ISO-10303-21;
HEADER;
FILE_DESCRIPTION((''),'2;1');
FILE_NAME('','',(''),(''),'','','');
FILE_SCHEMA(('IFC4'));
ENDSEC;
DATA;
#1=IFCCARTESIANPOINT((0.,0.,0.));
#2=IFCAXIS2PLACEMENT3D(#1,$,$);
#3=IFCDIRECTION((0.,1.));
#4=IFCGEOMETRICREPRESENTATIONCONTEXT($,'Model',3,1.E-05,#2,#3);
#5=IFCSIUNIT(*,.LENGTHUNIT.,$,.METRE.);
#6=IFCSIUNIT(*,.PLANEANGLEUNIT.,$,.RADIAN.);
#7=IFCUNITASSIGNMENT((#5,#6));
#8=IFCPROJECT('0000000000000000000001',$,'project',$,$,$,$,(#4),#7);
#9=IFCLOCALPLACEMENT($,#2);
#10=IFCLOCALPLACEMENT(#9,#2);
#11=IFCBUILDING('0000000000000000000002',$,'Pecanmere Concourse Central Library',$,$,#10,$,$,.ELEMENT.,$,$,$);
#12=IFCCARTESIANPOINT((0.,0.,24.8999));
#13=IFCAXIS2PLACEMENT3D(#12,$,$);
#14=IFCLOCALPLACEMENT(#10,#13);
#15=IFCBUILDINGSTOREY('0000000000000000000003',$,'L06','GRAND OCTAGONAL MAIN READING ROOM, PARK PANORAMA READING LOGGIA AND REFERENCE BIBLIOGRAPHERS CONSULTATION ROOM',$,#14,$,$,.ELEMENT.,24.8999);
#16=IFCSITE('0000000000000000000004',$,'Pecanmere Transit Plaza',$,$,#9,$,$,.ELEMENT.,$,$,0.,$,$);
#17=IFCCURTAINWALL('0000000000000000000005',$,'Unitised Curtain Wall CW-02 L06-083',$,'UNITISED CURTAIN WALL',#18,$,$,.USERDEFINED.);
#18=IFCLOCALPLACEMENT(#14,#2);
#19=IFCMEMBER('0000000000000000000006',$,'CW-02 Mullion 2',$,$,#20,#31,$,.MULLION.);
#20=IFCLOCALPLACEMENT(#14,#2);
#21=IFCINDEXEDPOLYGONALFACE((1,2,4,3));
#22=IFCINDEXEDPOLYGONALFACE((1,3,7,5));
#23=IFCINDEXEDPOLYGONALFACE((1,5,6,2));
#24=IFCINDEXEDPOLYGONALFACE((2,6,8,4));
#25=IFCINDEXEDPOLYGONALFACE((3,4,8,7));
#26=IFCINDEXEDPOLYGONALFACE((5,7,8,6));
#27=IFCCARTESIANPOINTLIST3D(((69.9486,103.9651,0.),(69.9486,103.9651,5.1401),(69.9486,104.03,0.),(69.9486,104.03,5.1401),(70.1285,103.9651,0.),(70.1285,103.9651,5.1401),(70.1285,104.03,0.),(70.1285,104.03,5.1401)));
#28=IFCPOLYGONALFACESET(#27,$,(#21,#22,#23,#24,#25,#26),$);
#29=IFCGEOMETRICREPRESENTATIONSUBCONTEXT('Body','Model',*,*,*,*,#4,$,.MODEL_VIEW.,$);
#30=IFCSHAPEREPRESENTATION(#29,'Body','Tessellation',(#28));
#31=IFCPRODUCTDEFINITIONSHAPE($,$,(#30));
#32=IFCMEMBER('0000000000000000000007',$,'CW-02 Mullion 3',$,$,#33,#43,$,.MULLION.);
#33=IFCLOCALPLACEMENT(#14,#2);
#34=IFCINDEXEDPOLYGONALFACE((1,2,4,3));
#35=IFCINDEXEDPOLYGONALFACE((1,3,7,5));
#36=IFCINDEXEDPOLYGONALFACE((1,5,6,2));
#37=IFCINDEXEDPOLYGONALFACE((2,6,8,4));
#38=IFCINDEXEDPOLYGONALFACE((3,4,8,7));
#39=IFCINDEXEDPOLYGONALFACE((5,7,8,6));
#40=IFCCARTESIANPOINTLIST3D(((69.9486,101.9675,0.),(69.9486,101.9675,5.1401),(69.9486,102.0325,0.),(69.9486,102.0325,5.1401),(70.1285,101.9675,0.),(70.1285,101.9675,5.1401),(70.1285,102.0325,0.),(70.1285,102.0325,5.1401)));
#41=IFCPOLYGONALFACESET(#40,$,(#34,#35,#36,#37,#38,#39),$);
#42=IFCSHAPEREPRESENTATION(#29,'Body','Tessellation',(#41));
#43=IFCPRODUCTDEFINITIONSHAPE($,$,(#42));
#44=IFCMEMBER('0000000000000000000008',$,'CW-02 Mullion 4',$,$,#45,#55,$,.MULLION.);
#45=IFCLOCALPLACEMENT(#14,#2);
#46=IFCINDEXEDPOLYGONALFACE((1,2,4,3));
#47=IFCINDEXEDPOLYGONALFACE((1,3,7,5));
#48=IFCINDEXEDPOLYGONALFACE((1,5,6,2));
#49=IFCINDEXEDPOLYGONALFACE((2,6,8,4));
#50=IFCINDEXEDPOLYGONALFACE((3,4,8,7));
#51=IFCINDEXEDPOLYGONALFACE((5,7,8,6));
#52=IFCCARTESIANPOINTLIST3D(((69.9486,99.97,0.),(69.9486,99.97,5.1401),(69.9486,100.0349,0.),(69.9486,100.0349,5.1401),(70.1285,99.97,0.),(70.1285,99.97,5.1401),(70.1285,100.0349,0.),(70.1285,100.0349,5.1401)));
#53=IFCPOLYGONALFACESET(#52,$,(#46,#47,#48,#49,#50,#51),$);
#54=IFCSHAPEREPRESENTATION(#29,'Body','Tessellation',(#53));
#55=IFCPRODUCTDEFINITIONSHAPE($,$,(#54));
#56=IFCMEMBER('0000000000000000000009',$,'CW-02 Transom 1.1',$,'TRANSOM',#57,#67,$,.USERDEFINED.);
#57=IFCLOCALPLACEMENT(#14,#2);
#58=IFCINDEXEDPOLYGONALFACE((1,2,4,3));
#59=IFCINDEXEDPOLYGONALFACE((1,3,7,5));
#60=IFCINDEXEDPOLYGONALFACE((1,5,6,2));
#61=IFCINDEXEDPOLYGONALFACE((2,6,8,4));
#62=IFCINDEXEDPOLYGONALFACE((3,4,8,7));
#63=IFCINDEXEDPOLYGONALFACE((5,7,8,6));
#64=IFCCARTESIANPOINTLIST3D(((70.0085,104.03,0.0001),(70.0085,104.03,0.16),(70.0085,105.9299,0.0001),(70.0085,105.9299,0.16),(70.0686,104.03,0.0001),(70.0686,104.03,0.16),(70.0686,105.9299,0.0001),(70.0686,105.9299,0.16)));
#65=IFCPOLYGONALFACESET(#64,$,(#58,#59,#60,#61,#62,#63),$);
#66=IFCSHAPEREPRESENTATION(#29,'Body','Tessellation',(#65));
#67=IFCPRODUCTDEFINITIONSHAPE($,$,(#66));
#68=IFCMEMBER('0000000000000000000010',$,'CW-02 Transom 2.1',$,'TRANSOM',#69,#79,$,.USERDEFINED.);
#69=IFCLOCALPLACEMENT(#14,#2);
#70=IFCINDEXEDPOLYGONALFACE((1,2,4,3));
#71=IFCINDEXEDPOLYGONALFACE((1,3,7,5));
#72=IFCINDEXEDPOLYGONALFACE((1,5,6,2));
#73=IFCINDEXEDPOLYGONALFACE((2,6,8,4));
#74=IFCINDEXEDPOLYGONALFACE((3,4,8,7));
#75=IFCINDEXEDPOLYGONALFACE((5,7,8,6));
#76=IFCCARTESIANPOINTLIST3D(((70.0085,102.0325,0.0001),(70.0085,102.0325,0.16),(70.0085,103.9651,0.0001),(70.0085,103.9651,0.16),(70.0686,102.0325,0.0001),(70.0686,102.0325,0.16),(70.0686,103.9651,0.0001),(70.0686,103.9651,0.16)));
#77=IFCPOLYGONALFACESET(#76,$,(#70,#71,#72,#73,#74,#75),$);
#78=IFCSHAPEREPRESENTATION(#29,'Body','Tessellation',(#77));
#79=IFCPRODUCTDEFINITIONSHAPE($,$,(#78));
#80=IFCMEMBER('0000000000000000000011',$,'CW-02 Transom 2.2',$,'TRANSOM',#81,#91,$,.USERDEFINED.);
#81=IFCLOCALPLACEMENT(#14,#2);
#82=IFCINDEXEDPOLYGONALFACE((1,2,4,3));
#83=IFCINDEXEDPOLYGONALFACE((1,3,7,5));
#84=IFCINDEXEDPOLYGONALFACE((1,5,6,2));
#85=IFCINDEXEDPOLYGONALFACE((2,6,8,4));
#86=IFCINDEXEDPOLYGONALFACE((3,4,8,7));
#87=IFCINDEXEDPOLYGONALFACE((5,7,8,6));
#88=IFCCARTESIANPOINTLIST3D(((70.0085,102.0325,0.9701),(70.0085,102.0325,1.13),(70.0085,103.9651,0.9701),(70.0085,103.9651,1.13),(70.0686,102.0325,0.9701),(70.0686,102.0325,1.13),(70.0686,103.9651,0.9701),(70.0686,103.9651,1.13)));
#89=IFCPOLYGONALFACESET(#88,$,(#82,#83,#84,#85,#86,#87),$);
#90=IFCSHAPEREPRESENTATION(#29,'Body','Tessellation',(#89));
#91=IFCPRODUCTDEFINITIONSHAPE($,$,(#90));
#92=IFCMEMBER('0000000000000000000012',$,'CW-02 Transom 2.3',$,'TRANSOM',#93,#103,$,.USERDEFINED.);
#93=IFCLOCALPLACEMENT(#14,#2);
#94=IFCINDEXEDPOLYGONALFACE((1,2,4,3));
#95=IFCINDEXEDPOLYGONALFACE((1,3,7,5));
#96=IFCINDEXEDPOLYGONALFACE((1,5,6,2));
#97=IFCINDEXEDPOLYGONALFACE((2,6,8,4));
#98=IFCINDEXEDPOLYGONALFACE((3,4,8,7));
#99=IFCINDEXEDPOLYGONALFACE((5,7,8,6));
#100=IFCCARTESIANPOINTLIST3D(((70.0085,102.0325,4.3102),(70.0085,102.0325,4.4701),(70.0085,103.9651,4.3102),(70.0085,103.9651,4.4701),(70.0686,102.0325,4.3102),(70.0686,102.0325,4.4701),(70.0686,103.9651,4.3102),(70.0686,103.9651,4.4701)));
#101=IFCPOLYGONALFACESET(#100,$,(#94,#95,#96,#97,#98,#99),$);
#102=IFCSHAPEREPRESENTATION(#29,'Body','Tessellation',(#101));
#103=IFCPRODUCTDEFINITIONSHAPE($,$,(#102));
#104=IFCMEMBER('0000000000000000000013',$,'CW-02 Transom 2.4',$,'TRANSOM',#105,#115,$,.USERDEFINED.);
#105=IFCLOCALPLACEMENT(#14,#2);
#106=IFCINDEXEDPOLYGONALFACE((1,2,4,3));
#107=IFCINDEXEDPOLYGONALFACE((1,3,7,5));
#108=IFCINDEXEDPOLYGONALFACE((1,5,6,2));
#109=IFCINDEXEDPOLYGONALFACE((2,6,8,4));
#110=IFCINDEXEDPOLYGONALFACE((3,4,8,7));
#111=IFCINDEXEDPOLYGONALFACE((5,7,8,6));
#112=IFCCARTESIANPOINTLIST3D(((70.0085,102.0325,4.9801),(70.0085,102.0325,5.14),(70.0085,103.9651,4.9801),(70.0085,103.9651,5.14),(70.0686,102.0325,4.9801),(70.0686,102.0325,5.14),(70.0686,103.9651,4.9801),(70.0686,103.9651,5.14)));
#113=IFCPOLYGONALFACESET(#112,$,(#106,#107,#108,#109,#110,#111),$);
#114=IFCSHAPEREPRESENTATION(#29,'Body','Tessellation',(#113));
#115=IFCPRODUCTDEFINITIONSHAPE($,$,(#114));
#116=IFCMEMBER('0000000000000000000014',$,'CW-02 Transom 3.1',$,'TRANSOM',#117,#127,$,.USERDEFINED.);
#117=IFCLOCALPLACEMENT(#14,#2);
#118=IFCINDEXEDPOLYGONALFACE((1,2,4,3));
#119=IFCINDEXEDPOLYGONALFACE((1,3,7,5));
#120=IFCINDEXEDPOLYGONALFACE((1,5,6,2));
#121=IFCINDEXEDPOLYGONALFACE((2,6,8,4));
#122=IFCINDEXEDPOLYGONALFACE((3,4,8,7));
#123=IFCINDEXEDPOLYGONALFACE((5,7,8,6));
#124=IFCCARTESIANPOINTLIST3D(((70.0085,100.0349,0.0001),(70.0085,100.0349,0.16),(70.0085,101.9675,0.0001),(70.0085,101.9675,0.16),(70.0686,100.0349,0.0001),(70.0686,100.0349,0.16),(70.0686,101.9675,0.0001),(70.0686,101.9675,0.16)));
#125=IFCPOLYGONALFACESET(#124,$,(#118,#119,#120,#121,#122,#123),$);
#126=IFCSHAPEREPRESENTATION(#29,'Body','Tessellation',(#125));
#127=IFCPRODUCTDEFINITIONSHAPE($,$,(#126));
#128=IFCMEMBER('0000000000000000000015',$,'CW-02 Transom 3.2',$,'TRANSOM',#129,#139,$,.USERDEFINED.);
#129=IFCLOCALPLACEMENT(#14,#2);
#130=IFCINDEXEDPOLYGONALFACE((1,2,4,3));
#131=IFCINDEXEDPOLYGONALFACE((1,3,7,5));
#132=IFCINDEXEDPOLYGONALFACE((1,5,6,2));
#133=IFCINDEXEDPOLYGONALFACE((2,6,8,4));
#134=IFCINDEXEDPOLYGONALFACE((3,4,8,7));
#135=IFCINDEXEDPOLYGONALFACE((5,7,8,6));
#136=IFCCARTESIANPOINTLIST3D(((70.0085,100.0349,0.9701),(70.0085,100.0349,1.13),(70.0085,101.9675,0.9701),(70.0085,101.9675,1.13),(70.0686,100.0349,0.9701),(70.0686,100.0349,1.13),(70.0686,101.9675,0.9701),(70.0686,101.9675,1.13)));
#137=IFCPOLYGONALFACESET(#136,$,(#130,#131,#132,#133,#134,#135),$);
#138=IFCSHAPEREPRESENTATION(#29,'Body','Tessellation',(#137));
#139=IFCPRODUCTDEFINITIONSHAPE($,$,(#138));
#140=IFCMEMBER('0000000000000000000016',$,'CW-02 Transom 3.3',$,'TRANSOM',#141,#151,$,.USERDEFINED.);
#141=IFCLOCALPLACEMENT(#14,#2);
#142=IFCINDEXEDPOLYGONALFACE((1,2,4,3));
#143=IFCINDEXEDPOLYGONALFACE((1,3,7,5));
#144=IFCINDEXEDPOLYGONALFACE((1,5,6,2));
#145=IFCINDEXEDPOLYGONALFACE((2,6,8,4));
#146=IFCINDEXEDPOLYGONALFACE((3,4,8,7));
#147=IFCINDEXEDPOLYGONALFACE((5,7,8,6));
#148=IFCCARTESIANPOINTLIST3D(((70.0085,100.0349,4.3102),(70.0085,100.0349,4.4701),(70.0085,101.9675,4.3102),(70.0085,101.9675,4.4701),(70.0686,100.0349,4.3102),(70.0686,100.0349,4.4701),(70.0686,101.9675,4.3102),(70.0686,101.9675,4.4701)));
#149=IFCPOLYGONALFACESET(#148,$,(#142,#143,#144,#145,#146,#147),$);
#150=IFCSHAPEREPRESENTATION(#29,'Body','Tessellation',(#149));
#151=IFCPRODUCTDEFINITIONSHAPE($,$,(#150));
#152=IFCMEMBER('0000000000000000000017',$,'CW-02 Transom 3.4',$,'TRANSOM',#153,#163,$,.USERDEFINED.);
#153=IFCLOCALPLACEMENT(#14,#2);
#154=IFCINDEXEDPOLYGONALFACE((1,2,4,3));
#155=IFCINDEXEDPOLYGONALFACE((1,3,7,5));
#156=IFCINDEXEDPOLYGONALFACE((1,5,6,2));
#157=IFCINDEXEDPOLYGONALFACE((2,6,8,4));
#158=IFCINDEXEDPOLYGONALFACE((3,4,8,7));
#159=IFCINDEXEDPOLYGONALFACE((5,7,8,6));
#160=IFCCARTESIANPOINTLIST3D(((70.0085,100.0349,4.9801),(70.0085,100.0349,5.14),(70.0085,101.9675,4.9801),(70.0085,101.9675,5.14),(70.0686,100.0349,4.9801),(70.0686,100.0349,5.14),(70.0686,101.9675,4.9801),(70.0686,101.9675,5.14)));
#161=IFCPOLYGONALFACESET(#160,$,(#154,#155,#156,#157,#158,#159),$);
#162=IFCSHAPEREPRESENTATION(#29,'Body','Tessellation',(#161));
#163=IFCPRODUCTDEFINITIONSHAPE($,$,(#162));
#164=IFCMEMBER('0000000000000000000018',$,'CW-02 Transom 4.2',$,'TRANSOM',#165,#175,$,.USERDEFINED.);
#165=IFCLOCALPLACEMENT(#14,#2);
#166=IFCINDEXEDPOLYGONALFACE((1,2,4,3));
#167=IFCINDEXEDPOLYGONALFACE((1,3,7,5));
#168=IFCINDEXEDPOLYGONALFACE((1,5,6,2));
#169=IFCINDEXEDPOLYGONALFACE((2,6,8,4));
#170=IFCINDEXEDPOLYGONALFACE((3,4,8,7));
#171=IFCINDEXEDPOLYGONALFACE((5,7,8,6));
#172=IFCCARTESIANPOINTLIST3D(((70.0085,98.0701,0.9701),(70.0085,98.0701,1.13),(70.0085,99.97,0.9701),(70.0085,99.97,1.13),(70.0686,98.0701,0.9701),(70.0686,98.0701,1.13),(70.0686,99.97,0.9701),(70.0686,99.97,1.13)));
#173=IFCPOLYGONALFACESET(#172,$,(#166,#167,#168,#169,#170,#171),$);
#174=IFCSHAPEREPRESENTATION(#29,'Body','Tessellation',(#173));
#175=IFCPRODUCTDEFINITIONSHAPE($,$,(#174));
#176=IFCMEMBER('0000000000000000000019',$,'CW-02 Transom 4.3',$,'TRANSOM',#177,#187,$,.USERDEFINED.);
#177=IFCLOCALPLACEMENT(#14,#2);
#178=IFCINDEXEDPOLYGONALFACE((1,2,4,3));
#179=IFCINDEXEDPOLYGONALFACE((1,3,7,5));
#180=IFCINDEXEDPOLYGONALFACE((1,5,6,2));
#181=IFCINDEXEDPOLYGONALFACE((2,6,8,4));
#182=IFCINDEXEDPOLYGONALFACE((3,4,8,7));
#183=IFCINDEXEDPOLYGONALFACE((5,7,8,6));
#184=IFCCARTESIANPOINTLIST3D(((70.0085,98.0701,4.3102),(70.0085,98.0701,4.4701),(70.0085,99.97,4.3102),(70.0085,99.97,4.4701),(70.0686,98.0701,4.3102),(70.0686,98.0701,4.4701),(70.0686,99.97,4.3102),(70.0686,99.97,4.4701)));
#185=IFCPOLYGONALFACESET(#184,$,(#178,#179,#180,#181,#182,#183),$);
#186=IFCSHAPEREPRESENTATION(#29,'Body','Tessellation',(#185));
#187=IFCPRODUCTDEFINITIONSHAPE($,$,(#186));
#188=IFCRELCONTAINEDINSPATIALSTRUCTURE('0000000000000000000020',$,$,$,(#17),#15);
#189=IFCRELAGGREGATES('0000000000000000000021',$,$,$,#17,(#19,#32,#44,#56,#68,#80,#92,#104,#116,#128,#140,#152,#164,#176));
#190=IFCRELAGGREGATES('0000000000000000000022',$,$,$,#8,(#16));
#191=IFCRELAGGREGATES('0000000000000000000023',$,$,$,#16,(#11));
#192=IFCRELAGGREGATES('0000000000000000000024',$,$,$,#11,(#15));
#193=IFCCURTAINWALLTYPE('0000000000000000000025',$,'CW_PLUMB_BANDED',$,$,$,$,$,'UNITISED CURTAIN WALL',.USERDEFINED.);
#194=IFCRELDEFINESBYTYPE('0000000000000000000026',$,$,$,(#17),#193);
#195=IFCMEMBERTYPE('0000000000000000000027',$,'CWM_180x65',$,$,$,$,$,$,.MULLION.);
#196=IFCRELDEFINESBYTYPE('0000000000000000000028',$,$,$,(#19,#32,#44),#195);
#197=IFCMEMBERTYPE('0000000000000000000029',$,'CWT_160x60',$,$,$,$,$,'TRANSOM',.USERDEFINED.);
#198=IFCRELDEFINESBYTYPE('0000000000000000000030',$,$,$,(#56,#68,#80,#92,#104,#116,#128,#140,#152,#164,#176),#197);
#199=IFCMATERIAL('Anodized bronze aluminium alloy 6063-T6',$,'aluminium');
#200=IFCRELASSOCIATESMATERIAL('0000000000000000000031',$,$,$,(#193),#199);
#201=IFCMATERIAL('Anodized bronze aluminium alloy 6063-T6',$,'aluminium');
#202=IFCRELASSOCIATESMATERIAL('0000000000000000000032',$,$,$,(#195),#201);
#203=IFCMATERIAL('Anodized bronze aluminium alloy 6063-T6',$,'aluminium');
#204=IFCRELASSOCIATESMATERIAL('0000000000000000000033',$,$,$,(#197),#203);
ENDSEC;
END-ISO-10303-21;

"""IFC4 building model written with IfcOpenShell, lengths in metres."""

from ifc_helpers import new_model, si_unit, direction, frame, origin, origin_2d, place, context, subcontext, project, spatial, rectangle, extrude, material, material_profile, profile_set, type_object, element, aggregate, save


model = new_model("IFC4")

# Units and contexts
model_context = context("Model", 3, precision=1e-05, world=origin(), true_north=direction((0.0, 1.0)))
body_context = subcontext(model_context, "Body", "Model", "MODEL_VIEW")
ifc_project = project(units=[si_unit("LENGTHUNIT", "METRE"), si_unit("PLANEANGLEUNIT", "RADIAN")], contexts=[model_context])

# Site, building, storey
site_placement = place(None, origin())
site = spatial("IfcSite", under=ifc_project, at=site_placement, Name="Pecanmere Transit Plaza", CompositionType="ELEMENT", RefElevation=0.0)
building_placement = place(site_placement, origin())
building = spatial("IfcBuilding", under=site, at=building_placement, Name="Pecanmere Concourse Central Library", CompositionType="ELEMENT")
storey_placement = place(building_placement, frame((0.0, 0.0, 24.8999)))
storey = spatial("IfcBuildingStorey", under=building, at=storey_placement, Name="L06", Description="GRAND OCTAGONAL MAIN READING ROOM, PARK PANORAMA READING LOGGIA AND REFERENCE BIBLIOGRAPHERS CONSULTATION ROOM", CompositionType="ELEMENT", Elevation=24.8999)

# Curtain wall, members
ifc_material_1 = material(Name="Anodized bronze aluminium alloy 6063-T6", Category="aluminium")
curtain_wall_type = type_object("IfcCurtainWallType", Name="CW_PLUMB_BANDED", ElementType="UNITISED CURTAIN WALL", PredefinedType="USERDEFINED", material=ifc_material_1)
curtain_wall_placement = place(storey_placement, origin())
curtain_wall = element("IfcCurtainWall", 1, at=curtain_wall_placement, inside=storey, type_object=curtain_wall_type, Name="Unitised Curtain Wall CW-02 L06-083", ObjectType="UNITISED CURTAIN WALL", PredefinedType="USERDEFINED")
ifc_material_2 = material(Name="Anodized bronze aluminium alloy 6063-T6", Category="aluminium")
ifc_material_profile_1 = material_profile(ifc_material_2, rectangle(XDim=0.0649, YDim=0.1799, at=origin_2d()), Name="AL 65x180")
ifc_profile_set_1 = profile_set([ifc_material_profile_1], Name="Anodized bronze aluminium alloy 6063-T6")
member_type_1 = type_object("IfcMemberType", Name="CWM_180x65", PredefinedType="MULLION", material=ifc_profile_set_1)
member_1_placement = place(storey_placement, frame((70.0386, 103.9976, 0.0), z_axis=(0.0, 0.0, 1.0), x_axis=(0.0, -1.0, 0.0)))
member_1 = element("IfcMember", 2, at=member_1_placement, type_object=member_type_1, Name="CW-02 Mullion 2", PredefinedType="MULLION", context=body_context, shape_type="SweptSolid", body=[
    extrude(rectangle(XDim=0.0649, YDim=0.1799, at=origin_2d()), origin(), (0.0, 0.0, 1.0), 5.1401),
])
member_2_placement = place(storey_placement, frame((70.0386, 102.0, 0.0), z_axis=(0.0, 0.0, 1.0), x_axis=(0.0, -1.0, 0.0)))
member_2 = element("IfcMember", 3, at=member_2_placement, type_object=member_type_1, Name="CW-02 Mullion 3", PredefinedType="MULLION", context=body_context, shape_type="SweptSolid", body=[
    extrude(rectangle(XDim=0.0649, YDim=0.1799, at=origin_2d()), origin(), (0.0, 0.0, 1.0), 5.1401),
])
member_3_placement = place(storey_placement, frame((70.0386, 100.0024, 0.0), z_axis=(0.0, 0.0, 1.0), x_axis=(0.0, -1.0, 0.0)))
member_3 = element("IfcMember", 4, at=member_3_placement, type_object=member_type_1, Name="CW-02 Mullion 4", PredefinedType="MULLION", context=body_context, shape_type="SweptSolid", body=[
    extrude(rectangle(XDim=0.0649, YDim=0.1799, at=origin_2d()), origin(), (0.0, 0.0, 1.0), 5.1401),
])
ifc_material_3 = material(Name="Anodized bronze aluminium alloy 6063-T6", Category="aluminium")
ifc_material_profile_2 = material_profile(ifc_material_3, rectangle(XDim=0.0601, YDim=0.1599, at=origin_2d()), Name="AL 60x160")
ifc_profile_set_2 = profile_set([ifc_material_profile_2], Name="Anodized bronze aluminium alloy 6063-T6")
member_type_2 = type_object("IfcMemberType", Name="CWT_160x60", ElementType="TRANSOM", PredefinedType="USERDEFINED", material=ifc_profile_set_2)
member_4_placement = place(storey_placement, frame((70.0386, 105.9299, 0.0801), z_axis=(0.0, -1.0, 0.0), x_axis=(1.0, 0.0, 0.0)))
member_4 = element("IfcMember", 5, at=member_4_placement, type_object=member_type_2, Name="CW-02 Transom 1.1", ObjectType="TRANSOM", PredefinedType="USERDEFINED", context=body_context, shape_type="SweptSolid", body=[
    extrude(rectangle(XDim=0.0601, YDim=0.1599, at=origin_2d()), origin(), (0.0, 0.0, 1.0), 1.8999),
])
member_5_placement = place(storey_placement, frame((70.0386, 103.9651, 0.0801), z_axis=(0.0, -1.0, 0.0), x_axis=(1.0, 0.0, 0.0)))
member_5 = element("IfcMember", 6, at=member_5_placement, type_object=member_type_2, Name="CW-02 Transom 2.1", ObjectType="TRANSOM", PredefinedType="USERDEFINED", context=body_context, shape_type="SweptSolid", body=[
    extrude(rectangle(XDim=0.0601, YDim=0.1599, at=origin_2d()), origin(), (0.0, 0.0, 1.0), 1.9326),
])
member_6_placement = place(storey_placement, frame((70.0386, 103.9651, 1.05), z_axis=(0.0, -1.0, 0.0), x_axis=(1.0, 0.0, 0.0)))
member_6 = element("IfcMember", 7, at=member_6_placement, type_object=member_type_2, Name="CW-02 Transom 2.2", ObjectType="TRANSOM", PredefinedType="USERDEFINED", context=body_context, shape_type="SweptSolid", body=[
    extrude(rectangle(XDim=0.0601, YDim=0.1599, at=origin_2d()), origin(), (0.0, 0.0, 1.0), 1.9326),
])
member_7_placement = place(storey_placement, frame((70.0386, 103.9651, 4.3901), z_axis=(0.0, -1.0, 0.0), x_axis=(1.0, 0.0, 0.0)))
member_7 = element("IfcMember", 8, at=member_7_placement, type_object=member_type_2, Name="CW-02 Transom 2.3", ObjectType="TRANSOM", PredefinedType="USERDEFINED", context=body_context, shape_type="SweptSolid", body=[
    extrude(rectangle(XDim=0.0601, YDim=0.1599, at=origin_2d()), origin(), (0.0, 0.0, 1.0), 1.9326),
])
member_8_placement = place(storey_placement, frame((70.0386, 103.9651, 5.0601), z_axis=(0.0, -1.0, 0.0), x_axis=(1.0, 0.0, 0.0)))
member_8 = element("IfcMember", 9, at=member_8_placement, type_object=member_type_2, Name="CW-02 Transom 2.4", ObjectType="TRANSOM", PredefinedType="USERDEFINED", context=body_context, shape_type="SweptSolid", body=[
    extrude(rectangle(XDim=0.0601, YDim=0.1599, at=origin_2d()), origin(), (0.0, 0.0, 1.0), 1.9326),
])
member_9_placement = place(storey_placement, frame((70.0386, 101.9675, 0.0801), z_axis=(0.0, -1.0, 0.0), x_axis=(1.0, 0.0, 0.0)))
member_9 = element("IfcMember", 10, at=member_9_placement, type_object=member_type_2, Name="CW-02 Transom 3.1", ObjectType="TRANSOM", PredefinedType="USERDEFINED", context=body_context, shape_type="SweptSolid", body=[
    extrude(rectangle(XDim=0.0601, YDim=0.1599, at=origin_2d()), origin(), (0.0, 0.0, 1.0), 1.9326),
])
member_10_placement = place(storey_placement, frame((70.0386, 101.9675, 1.05), z_axis=(0.0, -1.0, 0.0), x_axis=(1.0, 0.0, 0.0)))
member_10 = element("IfcMember", 11, at=member_10_placement, type_object=member_type_2, Name="CW-02 Transom 3.2", ObjectType="TRANSOM", PredefinedType="USERDEFINED", context=body_context, shape_type="SweptSolid", body=[
    extrude(rectangle(XDim=0.0601, YDim=0.1599, at=origin_2d()), origin(), (0.0, 0.0, 1.0), 1.9326),
])
member_11_placement = place(storey_placement, frame((70.0386, 101.9675, 4.3901), z_axis=(0.0, -1.0, 0.0), x_axis=(1.0, 0.0, 0.0)))
member_11 = element("IfcMember", 12, at=member_11_placement, type_object=member_type_2, Name="CW-02 Transom 3.3", ObjectType="TRANSOM", PredefinedType="USERDEFINED", context=body_context, shape_type="SweptSolid", body=[
    extrude(rectangle(XDim=0.0601, YDim=0.1599, at=origin_2d()), origin(), (0.0, 0.0, 1.0), 1.9326),
])
member_12_placement = place(storey_placement, frame((70.0386, 101.9675, 5.0601), z_axis=(0.0, -1.0, 0.0), x_axis=(1.0, 0.0, 0.0)))
member_12 = element("IfcMember", 13, at=member_12_placement, type_object=member_type_2, Name="CW-02 Transom 3.4", ObjectType="TRANSOM", PredefinedType="USERDEFINED", context=body_context, shape_type="SweptSolid", body=[
    extrude(rectangle(XDim=0.0601, YDim=0.1599, at=origin_2d()), origin(), (0.0, 0.0, 1.0), 1.9326),
])
member_13_placement = place(storey_placement, frame((70.0386, 99.97, 1.05), z_axis=(0.0, -1.0, 0.0), x_axis=(1.0, 0.0, 0.0)))
member_13 = element("IfcMember", 14, at=member_13_placement, type_object=member_type_2, Name="CW-02 Transom 4.2", ObjectType="TRANSOM", PredefinedType="USERDEFINED", context=body_context, shape_type="SweptSolid", body=[
    extrude(rectangle(XDim=0.0601, YDim=0.1599, at=origin_2d()), origin(), (0.0, 0.0, 1.0), 1.8999),
])
member_14_placement = place(storey_placement, frame((70.0386, 99.97, 4.3901), z_axis=(0.0, -1.0, 0.0), x_axis=(1.0, 0.0, 0.0)))
member_14 = element("IfcMember", 15, at=member_14_placement, type_object=member_type_2, Name="CW-02 Transom 4.3", ObjectType="TRANSOM", PredefinedType="USERDEFINED", context=body_context, shape_type="SweptSolid", body=[
    extrude(rectangle(XDim=0.0601, YDim=0.1599, at=origin_2d()), origin(), (0.0, 0.0, 1.0), 1.8999),
])
aggregate(curtain_wall, [member_1, member_2, member_3, member_4, member_5, member_6, member_7, member_8, member_9, member_10, member_11, member_12, member_13, member_14])

save(model, "model.ifc")
